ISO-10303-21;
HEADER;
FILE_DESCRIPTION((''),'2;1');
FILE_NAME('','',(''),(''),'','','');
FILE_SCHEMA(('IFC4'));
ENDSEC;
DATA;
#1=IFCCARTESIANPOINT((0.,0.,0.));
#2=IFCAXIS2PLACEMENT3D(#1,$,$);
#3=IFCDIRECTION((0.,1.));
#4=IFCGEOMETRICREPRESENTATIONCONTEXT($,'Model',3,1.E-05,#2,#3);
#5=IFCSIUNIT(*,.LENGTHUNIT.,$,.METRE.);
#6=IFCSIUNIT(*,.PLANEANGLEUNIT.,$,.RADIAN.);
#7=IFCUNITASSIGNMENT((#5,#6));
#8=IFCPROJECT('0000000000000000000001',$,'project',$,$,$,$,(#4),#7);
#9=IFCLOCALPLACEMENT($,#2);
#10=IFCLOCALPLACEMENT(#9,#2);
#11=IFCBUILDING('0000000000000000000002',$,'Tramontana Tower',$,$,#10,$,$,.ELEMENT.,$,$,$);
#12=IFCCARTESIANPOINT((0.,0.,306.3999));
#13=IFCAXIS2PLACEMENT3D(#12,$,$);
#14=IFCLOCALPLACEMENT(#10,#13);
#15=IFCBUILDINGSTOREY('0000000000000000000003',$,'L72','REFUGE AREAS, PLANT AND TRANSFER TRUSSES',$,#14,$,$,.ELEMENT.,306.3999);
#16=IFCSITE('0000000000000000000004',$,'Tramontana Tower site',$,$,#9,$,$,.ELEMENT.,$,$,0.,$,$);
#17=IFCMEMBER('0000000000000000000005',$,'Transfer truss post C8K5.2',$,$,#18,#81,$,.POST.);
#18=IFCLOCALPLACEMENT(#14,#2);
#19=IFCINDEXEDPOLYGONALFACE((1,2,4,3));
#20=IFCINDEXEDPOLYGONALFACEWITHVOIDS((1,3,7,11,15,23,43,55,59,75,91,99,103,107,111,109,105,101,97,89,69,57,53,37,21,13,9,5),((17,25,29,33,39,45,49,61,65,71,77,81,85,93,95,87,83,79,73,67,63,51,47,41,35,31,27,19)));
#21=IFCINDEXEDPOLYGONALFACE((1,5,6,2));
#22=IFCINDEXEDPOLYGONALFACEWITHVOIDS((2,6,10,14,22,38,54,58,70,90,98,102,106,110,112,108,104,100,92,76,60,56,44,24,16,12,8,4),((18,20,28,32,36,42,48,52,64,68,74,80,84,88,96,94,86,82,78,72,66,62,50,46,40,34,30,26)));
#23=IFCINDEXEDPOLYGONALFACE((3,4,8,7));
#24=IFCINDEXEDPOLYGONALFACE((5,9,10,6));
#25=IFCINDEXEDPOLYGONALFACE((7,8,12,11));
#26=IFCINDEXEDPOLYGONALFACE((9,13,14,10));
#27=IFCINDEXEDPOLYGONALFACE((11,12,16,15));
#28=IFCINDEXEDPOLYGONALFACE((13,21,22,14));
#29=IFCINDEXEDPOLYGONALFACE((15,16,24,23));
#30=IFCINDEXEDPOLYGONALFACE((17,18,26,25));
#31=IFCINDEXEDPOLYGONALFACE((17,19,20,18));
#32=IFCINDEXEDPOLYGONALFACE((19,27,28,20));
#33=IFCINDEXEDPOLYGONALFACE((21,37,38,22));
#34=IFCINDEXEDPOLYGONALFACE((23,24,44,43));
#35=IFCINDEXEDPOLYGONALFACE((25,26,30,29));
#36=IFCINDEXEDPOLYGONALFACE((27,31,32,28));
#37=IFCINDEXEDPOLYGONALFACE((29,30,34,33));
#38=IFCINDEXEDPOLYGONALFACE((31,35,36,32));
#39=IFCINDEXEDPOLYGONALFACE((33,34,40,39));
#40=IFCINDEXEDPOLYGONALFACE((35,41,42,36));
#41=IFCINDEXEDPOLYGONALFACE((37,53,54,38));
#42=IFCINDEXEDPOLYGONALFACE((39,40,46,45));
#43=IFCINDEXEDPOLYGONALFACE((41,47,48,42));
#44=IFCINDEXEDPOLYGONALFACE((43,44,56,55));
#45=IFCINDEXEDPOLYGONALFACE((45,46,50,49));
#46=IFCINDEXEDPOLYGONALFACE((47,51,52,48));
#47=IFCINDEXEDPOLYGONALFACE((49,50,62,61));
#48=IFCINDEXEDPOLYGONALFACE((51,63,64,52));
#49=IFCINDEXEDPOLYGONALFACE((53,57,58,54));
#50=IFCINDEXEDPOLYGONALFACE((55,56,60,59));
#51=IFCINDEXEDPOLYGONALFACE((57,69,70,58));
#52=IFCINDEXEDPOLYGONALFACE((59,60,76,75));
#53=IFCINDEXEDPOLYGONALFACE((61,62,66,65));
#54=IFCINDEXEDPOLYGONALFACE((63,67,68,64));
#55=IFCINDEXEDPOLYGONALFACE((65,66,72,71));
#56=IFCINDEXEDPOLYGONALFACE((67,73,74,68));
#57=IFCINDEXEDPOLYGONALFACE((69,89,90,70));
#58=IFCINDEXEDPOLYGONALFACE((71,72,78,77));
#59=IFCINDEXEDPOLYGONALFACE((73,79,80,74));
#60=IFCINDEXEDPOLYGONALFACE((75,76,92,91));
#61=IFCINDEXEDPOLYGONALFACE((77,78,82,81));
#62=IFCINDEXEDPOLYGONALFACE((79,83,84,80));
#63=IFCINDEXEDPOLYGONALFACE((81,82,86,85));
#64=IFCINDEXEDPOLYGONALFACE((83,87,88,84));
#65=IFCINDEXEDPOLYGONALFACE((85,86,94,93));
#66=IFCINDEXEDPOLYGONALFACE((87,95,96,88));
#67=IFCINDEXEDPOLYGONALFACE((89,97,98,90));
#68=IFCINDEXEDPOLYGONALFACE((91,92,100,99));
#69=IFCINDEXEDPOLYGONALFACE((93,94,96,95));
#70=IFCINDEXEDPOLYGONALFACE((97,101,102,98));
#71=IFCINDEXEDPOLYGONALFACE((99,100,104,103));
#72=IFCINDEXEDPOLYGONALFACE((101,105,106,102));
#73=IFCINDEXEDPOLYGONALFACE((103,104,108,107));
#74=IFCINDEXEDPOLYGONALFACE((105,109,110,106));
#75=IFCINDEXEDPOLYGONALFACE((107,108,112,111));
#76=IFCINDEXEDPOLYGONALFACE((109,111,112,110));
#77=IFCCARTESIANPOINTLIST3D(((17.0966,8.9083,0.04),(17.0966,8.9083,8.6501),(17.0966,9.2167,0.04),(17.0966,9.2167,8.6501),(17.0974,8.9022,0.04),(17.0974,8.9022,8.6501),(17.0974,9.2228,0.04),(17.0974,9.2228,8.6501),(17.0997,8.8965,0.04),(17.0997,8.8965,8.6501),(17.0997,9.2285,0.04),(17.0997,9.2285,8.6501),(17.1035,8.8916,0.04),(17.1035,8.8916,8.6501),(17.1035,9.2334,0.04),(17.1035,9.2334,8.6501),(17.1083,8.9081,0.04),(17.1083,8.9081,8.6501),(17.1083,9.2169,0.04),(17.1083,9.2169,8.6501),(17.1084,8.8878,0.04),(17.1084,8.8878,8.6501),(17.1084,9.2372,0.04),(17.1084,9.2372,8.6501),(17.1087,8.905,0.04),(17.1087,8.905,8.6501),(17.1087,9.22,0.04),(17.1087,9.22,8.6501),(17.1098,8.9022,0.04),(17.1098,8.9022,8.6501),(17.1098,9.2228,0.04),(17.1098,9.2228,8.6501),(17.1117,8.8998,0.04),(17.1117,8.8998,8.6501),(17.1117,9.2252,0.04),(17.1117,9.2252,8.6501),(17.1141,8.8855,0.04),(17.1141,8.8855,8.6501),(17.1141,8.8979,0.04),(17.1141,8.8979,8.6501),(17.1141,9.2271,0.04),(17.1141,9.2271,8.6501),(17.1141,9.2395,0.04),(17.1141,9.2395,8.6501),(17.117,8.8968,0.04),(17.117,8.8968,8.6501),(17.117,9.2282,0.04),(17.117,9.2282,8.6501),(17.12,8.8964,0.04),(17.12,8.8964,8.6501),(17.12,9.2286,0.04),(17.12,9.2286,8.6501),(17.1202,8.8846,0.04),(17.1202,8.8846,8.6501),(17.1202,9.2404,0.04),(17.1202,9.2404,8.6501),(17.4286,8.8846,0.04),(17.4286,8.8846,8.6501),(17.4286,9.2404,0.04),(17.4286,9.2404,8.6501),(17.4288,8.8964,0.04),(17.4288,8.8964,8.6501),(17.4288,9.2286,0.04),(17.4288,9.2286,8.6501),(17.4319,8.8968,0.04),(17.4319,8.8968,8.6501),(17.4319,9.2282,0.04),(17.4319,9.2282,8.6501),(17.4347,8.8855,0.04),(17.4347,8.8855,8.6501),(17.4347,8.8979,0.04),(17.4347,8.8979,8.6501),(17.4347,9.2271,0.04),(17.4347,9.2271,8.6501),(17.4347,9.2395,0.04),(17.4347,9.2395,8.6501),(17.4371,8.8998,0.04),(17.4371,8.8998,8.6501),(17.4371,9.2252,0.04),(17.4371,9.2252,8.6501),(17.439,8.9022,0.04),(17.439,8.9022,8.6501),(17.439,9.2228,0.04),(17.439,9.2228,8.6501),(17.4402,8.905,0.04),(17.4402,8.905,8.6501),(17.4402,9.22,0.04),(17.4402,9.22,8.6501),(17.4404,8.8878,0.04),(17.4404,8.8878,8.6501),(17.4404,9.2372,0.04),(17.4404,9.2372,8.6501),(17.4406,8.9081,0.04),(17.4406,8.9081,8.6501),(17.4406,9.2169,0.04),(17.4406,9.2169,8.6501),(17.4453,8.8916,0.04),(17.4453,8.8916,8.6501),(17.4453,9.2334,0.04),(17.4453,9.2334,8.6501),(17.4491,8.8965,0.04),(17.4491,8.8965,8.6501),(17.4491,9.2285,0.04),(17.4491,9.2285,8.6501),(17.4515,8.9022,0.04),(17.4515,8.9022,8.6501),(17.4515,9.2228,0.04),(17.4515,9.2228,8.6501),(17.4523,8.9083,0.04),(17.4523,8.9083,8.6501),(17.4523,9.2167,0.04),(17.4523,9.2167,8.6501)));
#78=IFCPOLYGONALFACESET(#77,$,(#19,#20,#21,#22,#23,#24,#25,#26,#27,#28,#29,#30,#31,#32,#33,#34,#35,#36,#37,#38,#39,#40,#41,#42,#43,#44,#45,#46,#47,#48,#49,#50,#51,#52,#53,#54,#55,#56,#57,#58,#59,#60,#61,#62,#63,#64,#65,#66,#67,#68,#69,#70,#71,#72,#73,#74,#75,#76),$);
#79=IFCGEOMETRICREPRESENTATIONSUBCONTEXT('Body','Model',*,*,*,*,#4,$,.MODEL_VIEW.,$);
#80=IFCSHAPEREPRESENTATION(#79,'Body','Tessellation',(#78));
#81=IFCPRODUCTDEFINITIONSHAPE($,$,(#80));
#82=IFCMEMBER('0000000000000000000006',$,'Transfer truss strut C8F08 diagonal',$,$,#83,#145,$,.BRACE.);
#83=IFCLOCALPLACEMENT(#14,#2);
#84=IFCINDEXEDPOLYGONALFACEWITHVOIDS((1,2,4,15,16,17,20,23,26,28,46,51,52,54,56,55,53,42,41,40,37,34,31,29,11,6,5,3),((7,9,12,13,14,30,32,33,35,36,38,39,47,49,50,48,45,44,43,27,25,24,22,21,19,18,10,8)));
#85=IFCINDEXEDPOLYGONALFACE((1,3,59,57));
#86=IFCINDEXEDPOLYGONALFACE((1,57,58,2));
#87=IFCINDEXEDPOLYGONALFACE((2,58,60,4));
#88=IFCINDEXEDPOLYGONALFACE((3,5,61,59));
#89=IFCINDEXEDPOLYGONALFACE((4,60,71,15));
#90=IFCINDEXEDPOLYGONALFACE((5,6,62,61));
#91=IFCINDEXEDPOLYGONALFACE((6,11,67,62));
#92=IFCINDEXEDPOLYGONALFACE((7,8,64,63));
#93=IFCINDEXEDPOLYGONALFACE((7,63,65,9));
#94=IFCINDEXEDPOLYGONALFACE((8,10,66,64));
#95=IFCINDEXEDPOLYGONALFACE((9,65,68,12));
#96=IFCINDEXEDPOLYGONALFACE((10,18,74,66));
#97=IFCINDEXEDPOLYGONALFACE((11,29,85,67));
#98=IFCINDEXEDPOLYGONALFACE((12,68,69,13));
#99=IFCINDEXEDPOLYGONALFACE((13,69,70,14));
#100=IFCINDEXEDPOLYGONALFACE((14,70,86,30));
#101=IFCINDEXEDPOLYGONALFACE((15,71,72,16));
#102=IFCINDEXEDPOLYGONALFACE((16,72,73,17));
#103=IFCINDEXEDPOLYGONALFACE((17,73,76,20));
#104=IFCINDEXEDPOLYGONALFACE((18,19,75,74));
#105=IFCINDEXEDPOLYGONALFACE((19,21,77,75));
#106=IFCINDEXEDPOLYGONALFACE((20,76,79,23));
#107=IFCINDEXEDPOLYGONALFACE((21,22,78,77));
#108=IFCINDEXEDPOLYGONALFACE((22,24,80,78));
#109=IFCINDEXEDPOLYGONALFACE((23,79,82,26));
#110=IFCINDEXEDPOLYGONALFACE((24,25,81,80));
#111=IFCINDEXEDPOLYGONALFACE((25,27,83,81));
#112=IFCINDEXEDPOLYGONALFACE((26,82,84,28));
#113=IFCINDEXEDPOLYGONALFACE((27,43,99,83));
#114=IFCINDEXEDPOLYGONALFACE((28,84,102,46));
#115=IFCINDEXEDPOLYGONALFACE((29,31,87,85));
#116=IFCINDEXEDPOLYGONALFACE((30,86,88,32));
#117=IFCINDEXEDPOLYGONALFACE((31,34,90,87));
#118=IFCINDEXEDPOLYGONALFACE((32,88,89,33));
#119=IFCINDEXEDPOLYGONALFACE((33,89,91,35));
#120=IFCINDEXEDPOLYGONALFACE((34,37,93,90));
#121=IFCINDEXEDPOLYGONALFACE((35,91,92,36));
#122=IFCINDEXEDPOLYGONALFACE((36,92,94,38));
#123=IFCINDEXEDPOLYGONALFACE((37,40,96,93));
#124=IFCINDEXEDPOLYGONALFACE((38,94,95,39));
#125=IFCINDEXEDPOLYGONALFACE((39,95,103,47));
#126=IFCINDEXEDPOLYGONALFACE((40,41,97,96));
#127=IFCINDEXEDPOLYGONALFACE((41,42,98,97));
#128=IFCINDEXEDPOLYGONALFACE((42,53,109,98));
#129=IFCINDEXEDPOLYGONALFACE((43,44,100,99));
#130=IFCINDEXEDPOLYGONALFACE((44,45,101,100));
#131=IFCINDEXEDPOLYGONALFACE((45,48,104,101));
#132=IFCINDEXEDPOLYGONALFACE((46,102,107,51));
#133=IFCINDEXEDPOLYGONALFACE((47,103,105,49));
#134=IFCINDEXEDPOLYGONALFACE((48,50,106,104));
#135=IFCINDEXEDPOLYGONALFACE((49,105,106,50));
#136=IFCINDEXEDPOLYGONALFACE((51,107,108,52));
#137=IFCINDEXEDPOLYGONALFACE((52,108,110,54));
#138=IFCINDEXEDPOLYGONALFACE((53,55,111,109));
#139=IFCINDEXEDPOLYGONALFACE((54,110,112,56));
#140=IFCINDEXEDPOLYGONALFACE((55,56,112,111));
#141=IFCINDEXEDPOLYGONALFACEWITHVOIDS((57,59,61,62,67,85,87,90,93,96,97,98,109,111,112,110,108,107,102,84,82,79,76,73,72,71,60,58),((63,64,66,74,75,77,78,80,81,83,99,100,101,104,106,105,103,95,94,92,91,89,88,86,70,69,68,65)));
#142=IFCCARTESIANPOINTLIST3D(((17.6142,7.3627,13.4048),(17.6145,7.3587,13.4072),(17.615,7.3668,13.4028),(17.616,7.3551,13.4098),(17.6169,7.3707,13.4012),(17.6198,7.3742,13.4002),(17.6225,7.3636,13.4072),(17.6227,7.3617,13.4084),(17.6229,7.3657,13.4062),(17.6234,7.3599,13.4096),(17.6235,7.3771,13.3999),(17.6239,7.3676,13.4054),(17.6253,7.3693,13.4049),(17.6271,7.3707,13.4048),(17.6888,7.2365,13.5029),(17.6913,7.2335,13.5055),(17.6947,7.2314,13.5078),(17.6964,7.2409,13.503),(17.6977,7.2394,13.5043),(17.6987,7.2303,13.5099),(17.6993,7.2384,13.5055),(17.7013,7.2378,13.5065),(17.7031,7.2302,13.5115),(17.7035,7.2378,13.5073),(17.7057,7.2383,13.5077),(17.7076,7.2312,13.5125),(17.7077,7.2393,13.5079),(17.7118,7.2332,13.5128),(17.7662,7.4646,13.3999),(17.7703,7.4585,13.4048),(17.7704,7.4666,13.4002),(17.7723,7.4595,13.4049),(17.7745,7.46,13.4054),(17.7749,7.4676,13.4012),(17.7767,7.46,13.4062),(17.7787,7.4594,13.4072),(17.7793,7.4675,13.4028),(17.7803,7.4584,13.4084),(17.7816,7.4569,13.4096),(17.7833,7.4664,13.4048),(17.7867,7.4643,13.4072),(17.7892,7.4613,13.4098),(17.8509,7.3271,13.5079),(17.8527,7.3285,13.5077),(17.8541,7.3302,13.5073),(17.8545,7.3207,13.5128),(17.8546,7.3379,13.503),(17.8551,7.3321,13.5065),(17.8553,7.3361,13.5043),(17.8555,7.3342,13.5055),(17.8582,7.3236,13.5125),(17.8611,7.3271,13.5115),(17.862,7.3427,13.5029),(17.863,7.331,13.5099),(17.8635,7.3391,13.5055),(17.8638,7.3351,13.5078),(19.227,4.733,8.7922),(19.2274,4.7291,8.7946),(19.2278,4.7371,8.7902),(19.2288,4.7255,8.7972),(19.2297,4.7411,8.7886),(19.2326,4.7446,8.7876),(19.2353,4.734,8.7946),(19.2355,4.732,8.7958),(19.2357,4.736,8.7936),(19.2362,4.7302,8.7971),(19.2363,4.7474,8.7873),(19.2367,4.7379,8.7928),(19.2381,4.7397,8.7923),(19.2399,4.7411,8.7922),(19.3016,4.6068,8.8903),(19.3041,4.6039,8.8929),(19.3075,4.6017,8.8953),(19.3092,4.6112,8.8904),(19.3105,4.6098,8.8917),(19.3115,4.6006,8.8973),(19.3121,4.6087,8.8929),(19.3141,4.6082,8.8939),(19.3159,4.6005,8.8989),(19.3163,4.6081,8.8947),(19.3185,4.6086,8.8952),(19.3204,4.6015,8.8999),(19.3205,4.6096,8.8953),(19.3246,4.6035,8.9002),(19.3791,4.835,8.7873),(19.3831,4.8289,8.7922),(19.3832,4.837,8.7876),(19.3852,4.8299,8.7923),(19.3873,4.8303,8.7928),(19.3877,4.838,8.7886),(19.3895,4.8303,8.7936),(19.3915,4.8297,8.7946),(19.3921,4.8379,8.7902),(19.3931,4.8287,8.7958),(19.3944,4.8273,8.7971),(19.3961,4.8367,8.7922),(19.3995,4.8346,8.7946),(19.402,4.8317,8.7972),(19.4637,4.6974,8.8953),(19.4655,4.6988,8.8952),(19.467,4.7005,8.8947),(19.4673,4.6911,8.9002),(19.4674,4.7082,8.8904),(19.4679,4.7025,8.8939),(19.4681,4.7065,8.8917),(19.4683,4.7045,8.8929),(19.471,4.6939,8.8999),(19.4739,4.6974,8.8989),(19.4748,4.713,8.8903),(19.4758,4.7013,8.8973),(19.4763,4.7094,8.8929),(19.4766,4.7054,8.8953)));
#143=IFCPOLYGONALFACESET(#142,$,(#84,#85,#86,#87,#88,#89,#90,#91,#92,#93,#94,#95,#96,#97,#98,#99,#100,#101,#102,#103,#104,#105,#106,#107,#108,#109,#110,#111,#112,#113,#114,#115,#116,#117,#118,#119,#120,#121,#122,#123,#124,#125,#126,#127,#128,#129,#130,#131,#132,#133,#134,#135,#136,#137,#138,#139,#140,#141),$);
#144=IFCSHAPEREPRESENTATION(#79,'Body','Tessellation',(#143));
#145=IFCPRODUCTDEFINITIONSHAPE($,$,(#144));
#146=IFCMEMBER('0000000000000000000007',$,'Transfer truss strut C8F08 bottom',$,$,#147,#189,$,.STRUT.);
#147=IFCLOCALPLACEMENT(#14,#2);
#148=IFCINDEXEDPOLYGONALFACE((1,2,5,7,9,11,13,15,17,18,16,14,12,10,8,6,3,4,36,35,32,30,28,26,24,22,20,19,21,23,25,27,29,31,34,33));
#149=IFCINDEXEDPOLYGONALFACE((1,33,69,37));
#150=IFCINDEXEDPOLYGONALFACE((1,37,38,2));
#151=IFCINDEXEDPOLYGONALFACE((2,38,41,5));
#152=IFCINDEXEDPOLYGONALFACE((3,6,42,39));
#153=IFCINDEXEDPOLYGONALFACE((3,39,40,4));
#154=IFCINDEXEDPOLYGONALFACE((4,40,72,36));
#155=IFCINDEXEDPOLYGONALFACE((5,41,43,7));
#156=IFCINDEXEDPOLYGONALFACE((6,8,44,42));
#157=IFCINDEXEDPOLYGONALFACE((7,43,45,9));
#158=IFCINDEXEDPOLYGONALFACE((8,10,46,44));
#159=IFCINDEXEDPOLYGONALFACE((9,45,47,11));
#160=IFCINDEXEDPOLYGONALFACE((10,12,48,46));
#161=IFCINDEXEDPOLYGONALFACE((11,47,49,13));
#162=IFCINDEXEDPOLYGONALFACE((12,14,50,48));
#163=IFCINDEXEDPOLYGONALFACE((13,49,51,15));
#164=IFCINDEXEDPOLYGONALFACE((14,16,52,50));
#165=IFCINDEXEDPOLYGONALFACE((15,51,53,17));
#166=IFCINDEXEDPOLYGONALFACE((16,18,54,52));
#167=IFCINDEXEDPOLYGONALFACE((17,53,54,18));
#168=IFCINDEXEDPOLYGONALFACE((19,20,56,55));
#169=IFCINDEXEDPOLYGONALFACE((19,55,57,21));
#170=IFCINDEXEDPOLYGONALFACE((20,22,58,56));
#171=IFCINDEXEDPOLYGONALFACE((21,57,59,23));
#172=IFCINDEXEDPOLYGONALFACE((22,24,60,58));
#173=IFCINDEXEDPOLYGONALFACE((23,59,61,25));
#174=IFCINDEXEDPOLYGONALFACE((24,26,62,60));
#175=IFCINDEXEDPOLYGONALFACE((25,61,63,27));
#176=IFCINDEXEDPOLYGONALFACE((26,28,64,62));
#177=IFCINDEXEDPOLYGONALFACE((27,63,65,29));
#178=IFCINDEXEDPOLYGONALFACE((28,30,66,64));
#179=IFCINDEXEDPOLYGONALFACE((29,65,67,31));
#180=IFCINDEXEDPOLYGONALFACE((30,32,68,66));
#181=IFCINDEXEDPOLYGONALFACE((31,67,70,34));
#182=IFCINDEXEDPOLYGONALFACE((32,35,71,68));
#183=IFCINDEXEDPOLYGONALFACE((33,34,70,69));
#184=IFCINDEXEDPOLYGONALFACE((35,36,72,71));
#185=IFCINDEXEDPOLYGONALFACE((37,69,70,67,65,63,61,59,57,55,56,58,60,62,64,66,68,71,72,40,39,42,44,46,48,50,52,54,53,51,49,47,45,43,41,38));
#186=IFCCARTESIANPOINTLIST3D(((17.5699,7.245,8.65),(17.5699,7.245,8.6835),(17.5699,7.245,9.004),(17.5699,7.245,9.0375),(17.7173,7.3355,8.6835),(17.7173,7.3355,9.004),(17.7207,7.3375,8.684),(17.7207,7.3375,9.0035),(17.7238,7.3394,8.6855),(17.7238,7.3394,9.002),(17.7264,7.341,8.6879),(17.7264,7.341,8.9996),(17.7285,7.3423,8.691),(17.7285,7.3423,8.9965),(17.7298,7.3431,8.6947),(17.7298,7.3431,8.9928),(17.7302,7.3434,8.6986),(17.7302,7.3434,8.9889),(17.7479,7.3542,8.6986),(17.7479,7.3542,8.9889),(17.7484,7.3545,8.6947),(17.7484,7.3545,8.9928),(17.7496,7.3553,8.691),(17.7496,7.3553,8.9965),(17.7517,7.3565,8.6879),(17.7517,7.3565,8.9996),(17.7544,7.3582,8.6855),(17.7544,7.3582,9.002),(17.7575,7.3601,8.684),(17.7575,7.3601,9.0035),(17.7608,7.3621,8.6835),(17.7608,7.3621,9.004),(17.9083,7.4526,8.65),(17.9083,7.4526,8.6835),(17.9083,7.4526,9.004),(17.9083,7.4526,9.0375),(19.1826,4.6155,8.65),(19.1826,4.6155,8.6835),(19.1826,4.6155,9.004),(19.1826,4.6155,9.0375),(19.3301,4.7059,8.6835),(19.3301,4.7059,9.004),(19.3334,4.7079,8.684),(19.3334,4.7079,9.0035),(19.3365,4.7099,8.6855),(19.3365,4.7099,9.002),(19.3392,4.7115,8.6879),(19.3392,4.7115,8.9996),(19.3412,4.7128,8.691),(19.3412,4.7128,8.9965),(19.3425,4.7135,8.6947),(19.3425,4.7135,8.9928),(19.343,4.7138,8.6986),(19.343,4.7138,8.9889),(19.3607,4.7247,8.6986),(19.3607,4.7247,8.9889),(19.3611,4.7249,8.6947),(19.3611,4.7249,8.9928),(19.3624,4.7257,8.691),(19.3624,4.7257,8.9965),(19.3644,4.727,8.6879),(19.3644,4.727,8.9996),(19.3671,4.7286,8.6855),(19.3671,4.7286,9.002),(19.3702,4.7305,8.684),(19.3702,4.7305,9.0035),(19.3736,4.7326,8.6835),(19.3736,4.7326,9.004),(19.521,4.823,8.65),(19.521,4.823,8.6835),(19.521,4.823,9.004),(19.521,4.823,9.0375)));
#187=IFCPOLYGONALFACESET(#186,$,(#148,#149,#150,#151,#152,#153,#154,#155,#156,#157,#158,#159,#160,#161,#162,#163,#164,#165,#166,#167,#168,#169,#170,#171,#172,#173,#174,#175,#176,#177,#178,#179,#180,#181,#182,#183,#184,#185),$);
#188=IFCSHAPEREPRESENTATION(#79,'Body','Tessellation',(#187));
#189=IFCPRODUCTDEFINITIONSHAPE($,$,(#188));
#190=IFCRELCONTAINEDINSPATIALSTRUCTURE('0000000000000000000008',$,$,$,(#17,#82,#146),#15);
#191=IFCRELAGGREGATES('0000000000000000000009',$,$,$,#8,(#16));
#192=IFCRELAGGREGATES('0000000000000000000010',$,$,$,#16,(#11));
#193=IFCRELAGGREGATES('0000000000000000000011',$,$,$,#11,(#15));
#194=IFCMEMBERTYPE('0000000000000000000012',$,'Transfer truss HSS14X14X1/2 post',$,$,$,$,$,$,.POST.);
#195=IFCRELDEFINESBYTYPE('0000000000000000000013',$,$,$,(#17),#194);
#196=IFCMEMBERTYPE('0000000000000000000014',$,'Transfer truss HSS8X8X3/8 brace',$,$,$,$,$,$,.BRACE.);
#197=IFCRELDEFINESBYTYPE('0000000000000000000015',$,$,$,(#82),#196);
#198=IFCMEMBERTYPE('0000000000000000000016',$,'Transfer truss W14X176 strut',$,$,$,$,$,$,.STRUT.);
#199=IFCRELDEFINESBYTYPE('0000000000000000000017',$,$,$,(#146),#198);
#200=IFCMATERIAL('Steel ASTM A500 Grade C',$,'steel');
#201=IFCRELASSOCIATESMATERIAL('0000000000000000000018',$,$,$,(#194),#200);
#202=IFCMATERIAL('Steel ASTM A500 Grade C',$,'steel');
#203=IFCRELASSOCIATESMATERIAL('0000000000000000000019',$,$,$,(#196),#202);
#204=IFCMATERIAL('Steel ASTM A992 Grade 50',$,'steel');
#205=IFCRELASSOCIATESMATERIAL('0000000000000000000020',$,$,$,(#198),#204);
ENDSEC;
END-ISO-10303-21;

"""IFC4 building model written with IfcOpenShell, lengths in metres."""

from ifc_helpers import new_model, si_unit, direction, frame, origin, origin_2d, place, context, subcontext, project, spatial, hollow_rectangle, i_section, extrude, material, material_profile, profile_set, type_object, element, save


model = new_model("IFC4")

# Units and contexts
model_context = context("Model", 3, precision=1e-05, world=origin(), true_north=direction((0.0, 1.0)))
body_context = subcontext(model_context, "Body", "Model", "MODEL_VIEW")
ifc_project = project(units=[si_unit("LENGTHUNIT", "METRE"), si_unit("PLANEANGLEUNIT", "RADIAN")], contexts=[model_context])

# Site, building, storey
site_placement = place(None, origin())
site = spatial("IfcSite", under=ifc_project, at=site_placement, Name="Tramontana Tower site", CompositionType="ELEMENT", RefElevation=0.0)
building_placement = place(site_placement, origin())
building = spatial("IfcBuilding", under=site, at=building_placement, Name="Tramontana Tower", CompositionType="ELEMENT")
storey_placement = place(building_placement, frame((0.0, 0.0, 306.3999)))
storey = spatial("IfcBuildingStorey", under=building, at=storey_placement, Name="L72", Description="REFUGE AREAS, PLANT AND TRANSFER TRUSSES", CompositionType="ELEMENT", Elevation=306.3999)

# Members
ifc_material_1 = material(Name="Steel ASTM A500 Grade C", Category="steel")
ifc_material_profile_1 = material_profile(ifc_material_1, hollow_rectangle(XDim=0.3557, YDim=0.3557, WallThickness=0.0117, InnerFilletRadius=0.0117, OuterFilletRadius=0.0237, at=origin_2d()), Name="HSS14X14X1/2")
ifc_profile_set_1 = profile_set([ifc_material_profile_1], Name="Steel ASTM A500 Grade C")
member_type_1 = type_object("IfcMemberType", Name="Transfer truss HSS14X14X1/2 post", PredefinedType="POST", material=ifc_profile_set_1)
member_1_placement = place(storey_placement, frame((17.2744, 9.0625, 0.04), z_axis=(0.0, 0.0, 1.0), x_axis=(1.0, 0.0, 0.0)))
element("IfcMember", 1, at=member_1_placement, inside=storey, type_object=member_type_1, Name="Transfer truss post C8K5.2", PredefinedType="POST", context=body_context, shape_type="SweptSolid", body=[
    extrude(hollow_rectangle(XDim=0.3557, YDim=0.3557, WallThickness=0.0117, InnerFilletRadius=0.0117, OuterFilletRadius=0.0237, at=origin_2d()), origin(), (0.0, 0.0, 1.0), 8.6101),
])
ifc_material_2 = material(Name="Steel ASTM A500 Grade C", Category="steel")
ifc_material_profile_2 = material_profile(ifc_material_2, hollow_rectangle(XDim=0.2031, YDim=0.2031, WallThickness=0.0088, InnerFilletRadius=0.0088, OuterFilletRadius=0.0178, at=origin_2d()), Name="HSS8X8X3/8")
ifc_profile_set_2 = profile_set([ifc_material_profile_2], Name="Steel ASTM A500 Grade C")
member_type_2 = type_object("IfcMemberType", Name="Transfer truss HSS8X8X3/8 brace", PredefinedType="BRACE", material=ifc_profile_set_2)
member_2_placement = place(storey_placement, frame((19.3518, 4.7192, 8.8438), z_axis=(-0.290644, 0.473892, 0.831236), x_axis=(-0.852445, -0.522816, 0.0)))
element("IfcMember", 2, at=member_2_placement, inside=storey, type_object=member_type_2, Name="Transfer truss strut C8F08 diagonal", PredefinedType="BRACE", context=body_context, shape_type="SweptSolid", body=[
    extrude(hollow_rectangle(XDim=0.2031, YDim=0.2031, WallThickness=0.0088, InnerFilletRadius=0.0088, OuterFilletRadius=0.0178, at=origin_2d()), origin(), (0.0, 0.0, 1.0), 5.5491),
])
ifc_material_3 = material(Name="Steel ASTM A992 Grade 50", Category="steel")
ifc_material_profile_3 = material_profile(ifc_material_3, i_section(OverallWidth=0.397, OverallDepth=0.3875, WebThickness=0.0208, FlangeThickness=0.0334, FilletRadius=0.0151, at=origin_2d()), Name="W14X176")
ifc_profile_set_3 = profile_set([ifc_material_profile_3], Name="Steel ASTM A992 Grade 50")
member_type_3 = type_object("IfcMemberType", Name="Transfer truss W14X176 strut", PredefinedType="STRUT", material=ifc_profile_set_3)
member_3_placement = place(storey_placement, frame((19.3518, 4.7192, 8.8438), z_axis=(-0.522816, 0.852445, 0.0), x_axis=(-0.852445, -0.522816, 0.0)))
element("IfcMember", 3, at=member_3_placement, inside=storey, type_object=member_type_3, Name="Transfer truss strut C8F08 bottom", PredefinedType="STRUT", context=body_context, shape_type="SweptSolid", body=[
    extrude(i_section(OverallWidth=0.397, OverallDepth=0.3875, WebThickness=0.0208, FlangeThickness=0.0334, FilletRadius=0.0151, at=origin_2d()), origin(), (0.0, 0.0, 1.0), 3.0847),
])

save(model, "model.ifc")
